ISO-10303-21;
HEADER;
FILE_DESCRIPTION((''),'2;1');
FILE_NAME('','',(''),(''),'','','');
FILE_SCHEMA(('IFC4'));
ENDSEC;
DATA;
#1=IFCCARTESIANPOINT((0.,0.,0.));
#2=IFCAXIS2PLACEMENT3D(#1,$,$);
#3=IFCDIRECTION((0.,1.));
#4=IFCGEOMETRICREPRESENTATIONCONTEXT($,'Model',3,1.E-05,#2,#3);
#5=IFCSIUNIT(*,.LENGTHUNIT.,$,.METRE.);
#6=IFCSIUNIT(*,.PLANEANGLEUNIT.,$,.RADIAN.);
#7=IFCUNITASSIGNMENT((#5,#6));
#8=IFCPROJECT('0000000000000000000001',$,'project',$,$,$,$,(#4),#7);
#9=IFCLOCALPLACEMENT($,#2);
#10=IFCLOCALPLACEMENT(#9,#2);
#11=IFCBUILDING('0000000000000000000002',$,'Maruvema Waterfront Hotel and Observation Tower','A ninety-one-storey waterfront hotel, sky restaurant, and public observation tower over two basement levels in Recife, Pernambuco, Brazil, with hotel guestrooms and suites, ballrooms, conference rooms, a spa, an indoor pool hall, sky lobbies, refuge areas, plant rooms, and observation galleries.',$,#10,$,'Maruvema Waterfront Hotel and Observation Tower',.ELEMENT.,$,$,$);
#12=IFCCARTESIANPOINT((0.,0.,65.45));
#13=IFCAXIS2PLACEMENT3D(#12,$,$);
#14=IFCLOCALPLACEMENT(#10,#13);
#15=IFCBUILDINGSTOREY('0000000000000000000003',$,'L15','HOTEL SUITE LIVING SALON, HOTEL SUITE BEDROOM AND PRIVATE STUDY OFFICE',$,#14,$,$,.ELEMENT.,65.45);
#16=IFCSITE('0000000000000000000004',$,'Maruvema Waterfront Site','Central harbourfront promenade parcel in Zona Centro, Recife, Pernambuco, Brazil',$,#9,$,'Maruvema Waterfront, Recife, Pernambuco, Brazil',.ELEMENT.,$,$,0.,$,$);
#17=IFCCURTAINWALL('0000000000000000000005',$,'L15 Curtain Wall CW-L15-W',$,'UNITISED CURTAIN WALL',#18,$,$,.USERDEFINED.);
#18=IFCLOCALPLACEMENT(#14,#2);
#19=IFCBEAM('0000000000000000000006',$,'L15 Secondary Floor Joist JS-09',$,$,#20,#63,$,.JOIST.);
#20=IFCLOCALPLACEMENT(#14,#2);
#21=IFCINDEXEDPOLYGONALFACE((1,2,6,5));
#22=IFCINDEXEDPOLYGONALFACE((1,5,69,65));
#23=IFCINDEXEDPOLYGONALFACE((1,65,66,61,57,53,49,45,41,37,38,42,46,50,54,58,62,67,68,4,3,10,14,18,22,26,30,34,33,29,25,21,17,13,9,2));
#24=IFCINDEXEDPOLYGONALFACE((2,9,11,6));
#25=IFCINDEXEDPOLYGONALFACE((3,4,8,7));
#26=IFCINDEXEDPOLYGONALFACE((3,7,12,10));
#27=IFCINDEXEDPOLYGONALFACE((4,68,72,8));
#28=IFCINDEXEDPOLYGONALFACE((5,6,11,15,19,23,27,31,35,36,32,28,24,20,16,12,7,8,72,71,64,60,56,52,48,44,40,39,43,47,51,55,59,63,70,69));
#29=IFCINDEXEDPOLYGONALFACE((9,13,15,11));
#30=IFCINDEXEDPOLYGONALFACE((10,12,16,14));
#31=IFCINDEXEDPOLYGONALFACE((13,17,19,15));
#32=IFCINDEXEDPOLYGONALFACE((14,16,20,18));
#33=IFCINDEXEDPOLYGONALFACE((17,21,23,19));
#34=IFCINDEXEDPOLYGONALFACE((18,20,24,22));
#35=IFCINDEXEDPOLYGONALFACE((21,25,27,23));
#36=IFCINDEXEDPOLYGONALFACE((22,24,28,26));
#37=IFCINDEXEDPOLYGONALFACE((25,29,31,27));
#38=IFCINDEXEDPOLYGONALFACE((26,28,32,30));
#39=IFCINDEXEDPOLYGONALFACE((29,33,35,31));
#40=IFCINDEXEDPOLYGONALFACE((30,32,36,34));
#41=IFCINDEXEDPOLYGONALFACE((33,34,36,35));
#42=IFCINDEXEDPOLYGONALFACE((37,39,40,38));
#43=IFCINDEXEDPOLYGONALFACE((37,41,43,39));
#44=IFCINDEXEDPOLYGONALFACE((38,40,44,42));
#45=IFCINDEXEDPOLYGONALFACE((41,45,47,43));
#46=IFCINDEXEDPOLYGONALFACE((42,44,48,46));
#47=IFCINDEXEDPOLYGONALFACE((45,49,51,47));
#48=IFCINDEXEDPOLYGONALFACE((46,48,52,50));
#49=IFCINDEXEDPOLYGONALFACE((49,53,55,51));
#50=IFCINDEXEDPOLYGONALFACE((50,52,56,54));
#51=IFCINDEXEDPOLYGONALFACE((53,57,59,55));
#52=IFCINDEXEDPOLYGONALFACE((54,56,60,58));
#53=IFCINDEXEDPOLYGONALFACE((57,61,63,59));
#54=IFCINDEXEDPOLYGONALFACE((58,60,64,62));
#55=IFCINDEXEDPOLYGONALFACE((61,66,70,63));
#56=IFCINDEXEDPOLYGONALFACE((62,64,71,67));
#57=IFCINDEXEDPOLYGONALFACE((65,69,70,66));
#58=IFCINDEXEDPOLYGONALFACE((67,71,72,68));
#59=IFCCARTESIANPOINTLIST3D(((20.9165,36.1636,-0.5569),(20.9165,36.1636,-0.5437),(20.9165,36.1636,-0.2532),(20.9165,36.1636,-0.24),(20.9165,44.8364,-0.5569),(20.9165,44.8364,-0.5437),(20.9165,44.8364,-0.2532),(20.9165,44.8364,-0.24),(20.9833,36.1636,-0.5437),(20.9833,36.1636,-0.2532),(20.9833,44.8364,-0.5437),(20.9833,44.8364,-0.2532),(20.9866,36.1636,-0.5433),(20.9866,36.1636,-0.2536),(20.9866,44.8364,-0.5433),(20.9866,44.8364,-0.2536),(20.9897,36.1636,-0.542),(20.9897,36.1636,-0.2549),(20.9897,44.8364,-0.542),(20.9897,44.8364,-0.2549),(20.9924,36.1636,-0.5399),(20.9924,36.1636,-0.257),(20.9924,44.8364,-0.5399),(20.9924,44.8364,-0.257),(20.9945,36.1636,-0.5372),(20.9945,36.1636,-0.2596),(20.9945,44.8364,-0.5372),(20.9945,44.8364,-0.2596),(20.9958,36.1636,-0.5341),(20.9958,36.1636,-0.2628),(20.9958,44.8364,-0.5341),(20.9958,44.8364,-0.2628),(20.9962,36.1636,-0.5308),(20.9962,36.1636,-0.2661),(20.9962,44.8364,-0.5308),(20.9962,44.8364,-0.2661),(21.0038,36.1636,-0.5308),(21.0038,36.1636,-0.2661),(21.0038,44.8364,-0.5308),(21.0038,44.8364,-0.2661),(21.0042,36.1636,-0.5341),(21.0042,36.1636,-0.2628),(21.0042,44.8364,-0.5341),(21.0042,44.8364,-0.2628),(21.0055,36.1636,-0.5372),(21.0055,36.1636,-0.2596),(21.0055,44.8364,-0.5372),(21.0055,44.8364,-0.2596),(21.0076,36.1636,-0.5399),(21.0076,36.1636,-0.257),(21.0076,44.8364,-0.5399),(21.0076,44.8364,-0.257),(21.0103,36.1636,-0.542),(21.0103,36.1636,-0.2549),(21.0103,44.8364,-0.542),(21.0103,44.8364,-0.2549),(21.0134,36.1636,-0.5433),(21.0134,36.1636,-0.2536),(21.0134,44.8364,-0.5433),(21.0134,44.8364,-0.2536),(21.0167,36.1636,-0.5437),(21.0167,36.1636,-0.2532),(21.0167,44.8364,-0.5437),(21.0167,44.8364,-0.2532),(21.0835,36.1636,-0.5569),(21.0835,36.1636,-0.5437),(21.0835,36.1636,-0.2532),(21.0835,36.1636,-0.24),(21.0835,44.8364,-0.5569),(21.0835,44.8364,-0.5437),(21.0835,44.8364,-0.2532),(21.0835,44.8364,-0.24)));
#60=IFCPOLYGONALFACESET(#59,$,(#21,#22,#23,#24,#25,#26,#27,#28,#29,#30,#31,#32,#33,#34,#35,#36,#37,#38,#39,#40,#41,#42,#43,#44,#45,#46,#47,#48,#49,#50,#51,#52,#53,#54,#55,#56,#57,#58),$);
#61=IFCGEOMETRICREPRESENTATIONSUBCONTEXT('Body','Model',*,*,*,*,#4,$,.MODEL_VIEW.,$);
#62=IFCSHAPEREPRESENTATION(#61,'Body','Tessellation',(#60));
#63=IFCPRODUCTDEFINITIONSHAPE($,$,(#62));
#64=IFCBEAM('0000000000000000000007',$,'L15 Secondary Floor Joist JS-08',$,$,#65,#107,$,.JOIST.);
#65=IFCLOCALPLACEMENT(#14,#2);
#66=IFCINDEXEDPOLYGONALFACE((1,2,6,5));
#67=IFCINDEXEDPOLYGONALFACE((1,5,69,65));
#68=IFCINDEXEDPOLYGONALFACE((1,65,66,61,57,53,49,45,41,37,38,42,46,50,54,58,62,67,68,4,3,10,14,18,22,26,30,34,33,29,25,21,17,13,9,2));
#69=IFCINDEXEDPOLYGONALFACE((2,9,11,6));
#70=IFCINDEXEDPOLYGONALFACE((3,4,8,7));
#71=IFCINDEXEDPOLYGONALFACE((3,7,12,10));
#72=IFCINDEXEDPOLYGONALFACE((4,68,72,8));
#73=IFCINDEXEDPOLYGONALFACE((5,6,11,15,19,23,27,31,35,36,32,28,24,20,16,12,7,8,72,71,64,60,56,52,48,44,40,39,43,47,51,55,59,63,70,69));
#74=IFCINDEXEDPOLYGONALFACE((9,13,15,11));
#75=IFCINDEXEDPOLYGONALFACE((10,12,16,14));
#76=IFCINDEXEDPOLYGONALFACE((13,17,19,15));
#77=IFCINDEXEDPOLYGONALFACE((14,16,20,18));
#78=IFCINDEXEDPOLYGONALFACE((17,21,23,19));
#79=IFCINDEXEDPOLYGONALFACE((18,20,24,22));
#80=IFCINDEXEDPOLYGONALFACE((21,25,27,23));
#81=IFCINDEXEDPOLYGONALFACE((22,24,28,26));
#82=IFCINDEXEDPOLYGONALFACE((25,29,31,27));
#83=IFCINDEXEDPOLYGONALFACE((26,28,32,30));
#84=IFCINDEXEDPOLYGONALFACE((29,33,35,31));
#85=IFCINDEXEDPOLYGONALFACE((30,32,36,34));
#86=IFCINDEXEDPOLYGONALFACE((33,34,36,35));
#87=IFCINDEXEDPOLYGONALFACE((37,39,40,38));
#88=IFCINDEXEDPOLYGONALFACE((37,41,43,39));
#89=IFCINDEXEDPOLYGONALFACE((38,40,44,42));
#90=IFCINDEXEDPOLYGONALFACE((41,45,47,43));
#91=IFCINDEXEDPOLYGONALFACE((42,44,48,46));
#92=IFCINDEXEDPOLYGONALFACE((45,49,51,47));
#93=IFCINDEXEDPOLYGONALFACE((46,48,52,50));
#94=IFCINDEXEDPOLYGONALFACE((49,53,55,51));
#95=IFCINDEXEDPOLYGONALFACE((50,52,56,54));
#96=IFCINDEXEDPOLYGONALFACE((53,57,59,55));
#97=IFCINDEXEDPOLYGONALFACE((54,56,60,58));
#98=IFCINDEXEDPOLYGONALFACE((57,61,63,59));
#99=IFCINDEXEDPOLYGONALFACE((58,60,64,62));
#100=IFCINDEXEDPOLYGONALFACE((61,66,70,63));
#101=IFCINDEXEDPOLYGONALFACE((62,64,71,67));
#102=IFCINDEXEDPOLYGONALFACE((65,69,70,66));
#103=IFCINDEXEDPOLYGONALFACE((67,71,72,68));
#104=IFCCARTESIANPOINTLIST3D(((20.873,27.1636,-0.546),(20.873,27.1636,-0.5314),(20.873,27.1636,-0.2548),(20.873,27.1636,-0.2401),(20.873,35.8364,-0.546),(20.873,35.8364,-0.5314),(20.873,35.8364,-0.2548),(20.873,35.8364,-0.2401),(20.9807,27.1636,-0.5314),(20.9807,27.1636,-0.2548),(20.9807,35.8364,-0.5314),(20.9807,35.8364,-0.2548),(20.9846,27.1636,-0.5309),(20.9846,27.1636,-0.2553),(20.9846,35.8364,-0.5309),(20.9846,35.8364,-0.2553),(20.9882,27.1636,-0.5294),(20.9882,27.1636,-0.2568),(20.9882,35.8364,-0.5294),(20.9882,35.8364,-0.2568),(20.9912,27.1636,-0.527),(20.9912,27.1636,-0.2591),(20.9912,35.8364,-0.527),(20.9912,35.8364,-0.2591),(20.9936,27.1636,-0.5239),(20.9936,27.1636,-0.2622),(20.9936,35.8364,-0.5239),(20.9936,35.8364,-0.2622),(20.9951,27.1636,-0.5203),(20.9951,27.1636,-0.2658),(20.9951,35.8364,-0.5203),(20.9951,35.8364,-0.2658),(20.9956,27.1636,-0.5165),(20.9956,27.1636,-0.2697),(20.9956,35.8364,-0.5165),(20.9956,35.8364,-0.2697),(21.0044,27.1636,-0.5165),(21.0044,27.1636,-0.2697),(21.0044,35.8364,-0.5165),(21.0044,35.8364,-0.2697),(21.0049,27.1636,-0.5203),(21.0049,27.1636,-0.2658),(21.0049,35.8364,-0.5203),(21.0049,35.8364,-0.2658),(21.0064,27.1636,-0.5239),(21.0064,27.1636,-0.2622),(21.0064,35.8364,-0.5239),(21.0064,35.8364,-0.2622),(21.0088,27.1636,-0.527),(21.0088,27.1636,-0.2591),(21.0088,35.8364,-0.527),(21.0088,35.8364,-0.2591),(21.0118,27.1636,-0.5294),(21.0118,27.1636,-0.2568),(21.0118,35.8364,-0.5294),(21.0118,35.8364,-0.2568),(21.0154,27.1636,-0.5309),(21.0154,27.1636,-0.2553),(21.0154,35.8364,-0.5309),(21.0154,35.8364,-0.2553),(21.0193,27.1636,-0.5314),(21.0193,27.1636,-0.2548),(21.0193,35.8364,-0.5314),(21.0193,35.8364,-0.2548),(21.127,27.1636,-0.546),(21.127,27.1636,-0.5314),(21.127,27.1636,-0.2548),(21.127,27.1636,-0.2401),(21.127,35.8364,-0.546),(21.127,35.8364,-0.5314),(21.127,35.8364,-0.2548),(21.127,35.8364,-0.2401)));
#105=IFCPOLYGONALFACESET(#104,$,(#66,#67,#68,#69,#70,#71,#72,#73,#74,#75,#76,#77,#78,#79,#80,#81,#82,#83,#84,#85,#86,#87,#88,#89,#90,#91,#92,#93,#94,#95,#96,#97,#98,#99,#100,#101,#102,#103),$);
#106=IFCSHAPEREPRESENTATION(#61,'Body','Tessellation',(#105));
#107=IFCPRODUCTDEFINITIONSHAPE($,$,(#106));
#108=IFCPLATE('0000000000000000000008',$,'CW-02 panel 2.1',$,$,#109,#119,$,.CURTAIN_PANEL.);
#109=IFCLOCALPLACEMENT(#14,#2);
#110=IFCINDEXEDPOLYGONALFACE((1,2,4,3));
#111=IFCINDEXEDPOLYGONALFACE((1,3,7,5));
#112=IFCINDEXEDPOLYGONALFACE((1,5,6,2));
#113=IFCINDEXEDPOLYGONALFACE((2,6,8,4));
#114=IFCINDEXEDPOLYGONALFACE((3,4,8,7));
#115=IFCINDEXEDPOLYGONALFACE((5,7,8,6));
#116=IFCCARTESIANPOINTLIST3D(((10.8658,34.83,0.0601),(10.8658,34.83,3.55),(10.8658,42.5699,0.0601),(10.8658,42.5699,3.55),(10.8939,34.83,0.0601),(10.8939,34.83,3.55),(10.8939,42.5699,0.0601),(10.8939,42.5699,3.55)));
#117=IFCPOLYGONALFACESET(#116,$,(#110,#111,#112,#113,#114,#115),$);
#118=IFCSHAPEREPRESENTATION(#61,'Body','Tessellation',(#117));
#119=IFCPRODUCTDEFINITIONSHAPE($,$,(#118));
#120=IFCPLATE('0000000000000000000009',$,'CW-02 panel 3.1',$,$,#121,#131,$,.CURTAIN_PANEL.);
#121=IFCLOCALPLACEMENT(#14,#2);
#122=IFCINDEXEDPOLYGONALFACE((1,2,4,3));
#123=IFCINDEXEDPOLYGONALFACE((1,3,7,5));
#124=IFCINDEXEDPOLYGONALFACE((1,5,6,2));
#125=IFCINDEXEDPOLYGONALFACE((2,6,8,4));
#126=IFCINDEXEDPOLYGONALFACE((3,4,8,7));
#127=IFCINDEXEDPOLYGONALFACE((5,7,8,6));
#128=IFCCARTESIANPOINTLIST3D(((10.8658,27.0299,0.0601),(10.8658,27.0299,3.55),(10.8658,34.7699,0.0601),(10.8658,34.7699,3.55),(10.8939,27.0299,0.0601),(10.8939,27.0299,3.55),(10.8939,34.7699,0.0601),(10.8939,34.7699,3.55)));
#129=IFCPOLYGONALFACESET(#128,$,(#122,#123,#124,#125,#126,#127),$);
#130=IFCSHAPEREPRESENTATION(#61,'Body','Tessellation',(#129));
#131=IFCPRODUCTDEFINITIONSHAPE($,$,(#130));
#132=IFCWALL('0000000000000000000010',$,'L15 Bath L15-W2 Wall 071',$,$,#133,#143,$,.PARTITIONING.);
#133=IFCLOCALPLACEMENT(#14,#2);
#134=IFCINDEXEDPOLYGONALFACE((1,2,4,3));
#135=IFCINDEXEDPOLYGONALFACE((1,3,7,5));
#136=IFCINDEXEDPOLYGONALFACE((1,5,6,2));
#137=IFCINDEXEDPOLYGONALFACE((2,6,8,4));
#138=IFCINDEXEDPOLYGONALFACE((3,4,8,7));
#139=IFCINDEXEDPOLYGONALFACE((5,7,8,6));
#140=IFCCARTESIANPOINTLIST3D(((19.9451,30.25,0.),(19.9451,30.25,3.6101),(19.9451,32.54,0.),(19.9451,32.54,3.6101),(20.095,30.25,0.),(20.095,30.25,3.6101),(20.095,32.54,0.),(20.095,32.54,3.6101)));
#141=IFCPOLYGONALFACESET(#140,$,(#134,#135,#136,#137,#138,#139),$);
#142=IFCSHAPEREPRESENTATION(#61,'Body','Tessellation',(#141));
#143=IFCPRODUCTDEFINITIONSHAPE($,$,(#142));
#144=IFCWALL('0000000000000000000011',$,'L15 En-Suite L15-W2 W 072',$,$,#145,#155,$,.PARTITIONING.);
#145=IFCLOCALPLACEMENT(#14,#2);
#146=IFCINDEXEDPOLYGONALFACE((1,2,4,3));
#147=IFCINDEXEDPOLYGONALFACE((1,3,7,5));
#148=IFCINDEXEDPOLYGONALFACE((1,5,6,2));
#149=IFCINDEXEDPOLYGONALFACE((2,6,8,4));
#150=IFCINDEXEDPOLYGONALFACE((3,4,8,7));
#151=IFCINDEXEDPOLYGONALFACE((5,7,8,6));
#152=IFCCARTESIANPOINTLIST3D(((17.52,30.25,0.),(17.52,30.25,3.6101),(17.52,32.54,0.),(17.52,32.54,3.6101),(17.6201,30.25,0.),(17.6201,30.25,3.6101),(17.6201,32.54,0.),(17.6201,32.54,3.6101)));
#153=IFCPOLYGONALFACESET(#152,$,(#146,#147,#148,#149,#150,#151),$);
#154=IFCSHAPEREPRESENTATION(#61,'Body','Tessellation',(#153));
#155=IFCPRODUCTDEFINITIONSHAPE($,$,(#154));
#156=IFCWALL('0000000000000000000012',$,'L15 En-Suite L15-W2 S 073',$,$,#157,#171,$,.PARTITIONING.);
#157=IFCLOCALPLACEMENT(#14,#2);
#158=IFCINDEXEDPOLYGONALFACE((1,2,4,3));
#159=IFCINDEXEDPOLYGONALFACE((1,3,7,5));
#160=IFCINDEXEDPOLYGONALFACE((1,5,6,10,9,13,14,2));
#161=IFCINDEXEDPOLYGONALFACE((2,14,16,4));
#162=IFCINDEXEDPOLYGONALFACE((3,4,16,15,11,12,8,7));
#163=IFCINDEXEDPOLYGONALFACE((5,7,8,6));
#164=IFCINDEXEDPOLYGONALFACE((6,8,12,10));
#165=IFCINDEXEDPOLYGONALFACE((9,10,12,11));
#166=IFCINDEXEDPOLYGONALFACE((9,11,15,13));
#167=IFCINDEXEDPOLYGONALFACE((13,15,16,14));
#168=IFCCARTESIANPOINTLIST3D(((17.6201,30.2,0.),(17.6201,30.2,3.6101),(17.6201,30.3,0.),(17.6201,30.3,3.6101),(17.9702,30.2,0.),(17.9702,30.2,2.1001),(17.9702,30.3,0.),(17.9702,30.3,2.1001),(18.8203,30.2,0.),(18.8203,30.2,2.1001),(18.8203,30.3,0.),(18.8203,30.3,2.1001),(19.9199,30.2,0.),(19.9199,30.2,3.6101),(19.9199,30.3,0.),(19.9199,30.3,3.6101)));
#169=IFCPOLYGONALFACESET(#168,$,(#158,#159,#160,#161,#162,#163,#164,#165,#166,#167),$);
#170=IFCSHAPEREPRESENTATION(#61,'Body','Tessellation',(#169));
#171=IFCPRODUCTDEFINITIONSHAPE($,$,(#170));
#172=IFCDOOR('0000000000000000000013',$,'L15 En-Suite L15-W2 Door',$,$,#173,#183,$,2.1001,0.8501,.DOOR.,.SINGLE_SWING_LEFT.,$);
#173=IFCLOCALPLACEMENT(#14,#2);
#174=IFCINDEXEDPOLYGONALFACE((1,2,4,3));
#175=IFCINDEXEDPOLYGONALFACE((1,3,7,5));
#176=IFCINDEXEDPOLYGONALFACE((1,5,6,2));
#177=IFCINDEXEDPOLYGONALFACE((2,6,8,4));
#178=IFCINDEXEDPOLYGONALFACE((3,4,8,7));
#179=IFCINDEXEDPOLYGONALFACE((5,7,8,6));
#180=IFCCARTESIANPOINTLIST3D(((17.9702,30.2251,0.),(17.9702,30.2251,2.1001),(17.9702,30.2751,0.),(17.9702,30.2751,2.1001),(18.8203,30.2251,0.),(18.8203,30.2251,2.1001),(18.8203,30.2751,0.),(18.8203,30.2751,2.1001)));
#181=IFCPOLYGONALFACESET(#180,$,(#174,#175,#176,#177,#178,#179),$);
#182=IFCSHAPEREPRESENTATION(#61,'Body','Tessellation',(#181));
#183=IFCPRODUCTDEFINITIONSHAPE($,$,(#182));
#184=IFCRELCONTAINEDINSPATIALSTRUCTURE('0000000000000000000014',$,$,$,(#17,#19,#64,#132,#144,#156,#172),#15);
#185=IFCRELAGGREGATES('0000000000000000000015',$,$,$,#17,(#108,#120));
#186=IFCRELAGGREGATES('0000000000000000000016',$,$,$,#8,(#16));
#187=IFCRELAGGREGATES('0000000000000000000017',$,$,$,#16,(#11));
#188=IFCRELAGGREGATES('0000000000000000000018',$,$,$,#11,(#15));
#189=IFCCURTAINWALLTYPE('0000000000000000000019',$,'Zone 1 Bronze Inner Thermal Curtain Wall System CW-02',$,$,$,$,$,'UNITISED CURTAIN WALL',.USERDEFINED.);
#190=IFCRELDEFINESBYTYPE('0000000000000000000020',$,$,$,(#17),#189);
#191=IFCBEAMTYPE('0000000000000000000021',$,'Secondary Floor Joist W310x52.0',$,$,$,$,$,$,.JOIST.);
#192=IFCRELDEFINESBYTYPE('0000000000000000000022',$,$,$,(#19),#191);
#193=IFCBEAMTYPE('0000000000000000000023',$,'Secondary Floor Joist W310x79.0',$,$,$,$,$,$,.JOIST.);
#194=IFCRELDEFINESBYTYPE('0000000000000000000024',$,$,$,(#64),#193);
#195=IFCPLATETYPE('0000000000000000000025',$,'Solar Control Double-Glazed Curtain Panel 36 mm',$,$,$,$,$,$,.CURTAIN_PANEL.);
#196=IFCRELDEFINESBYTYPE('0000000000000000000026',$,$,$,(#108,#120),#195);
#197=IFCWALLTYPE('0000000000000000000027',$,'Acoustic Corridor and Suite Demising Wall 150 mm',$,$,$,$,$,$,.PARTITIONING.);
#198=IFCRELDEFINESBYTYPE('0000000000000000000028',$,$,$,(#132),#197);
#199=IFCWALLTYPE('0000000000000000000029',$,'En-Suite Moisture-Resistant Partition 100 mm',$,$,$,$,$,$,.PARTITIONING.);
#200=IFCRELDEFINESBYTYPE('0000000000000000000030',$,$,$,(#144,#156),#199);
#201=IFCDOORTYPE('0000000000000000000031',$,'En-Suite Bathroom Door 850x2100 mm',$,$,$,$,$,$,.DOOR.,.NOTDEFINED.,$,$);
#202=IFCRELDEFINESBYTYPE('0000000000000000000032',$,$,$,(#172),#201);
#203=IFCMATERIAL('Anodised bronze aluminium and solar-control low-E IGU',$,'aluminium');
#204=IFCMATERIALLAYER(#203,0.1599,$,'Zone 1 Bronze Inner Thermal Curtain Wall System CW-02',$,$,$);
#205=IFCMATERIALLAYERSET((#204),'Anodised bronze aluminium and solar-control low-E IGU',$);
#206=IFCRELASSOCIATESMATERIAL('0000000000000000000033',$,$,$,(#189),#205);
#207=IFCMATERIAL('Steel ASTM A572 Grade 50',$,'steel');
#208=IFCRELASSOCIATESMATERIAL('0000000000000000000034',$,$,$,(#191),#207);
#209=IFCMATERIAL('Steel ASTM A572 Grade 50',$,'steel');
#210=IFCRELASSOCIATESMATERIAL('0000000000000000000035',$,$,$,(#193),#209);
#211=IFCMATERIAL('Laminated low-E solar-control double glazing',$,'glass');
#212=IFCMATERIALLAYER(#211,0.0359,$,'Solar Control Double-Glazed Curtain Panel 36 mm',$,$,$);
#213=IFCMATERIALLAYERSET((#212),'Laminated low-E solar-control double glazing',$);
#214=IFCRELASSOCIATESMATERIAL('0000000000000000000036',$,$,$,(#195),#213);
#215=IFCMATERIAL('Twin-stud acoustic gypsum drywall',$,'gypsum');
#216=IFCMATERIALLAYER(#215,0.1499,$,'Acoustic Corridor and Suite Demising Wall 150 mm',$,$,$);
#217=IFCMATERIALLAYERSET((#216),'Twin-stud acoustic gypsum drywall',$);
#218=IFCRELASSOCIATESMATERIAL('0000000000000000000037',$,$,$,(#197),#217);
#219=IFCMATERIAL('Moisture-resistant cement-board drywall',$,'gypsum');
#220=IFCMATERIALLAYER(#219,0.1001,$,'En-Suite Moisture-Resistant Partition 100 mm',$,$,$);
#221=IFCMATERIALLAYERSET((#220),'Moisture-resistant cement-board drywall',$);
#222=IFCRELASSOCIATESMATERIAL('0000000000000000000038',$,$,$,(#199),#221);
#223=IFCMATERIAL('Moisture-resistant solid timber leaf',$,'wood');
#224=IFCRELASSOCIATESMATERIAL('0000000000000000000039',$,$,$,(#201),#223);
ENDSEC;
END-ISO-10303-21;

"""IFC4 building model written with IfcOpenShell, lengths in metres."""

from ifc_helpers import new_model, si_unit, direction, frame, frame_2d, origin, origin_2d, place, context, subcontext, project, spatial, rectangle, i_section, extrude, material, layer, layer_set, material_profile, profile_set, type_object, element, fill, aggregate, save


model = new_model("IFC4")

# Units and contexts
model_context = context("Model", 3, precision=1e-05, world=origin(), true_north=direction((0.0, 1.0)))
body_context = subcontext(model_context, "Body", "Model", "MODEL_VIEW")
ifc_project = project(units=[si_unit("LENGTHUNIT", "METRE"), si_unit("PLANEANGLEUNIT", "RADIAN")], contexts=[model_context])

# Site, building, storey
site_placement = place(None, origin())
site = spatial("IfcSite", under=ifc_project, at=site_placement, Name="Maruvema Waterfront Site", Description="Central harbourfront promenade parcel in Zona Centro, Recife, Pernambuco, Brazil", LongName="Maruvema Waterfront, Recife, Pernambuco, Brazil", CompositionType="ELEMENT", RefElevation=0.0)
building_placement = place(site_placement, origin())
building = spatial("IfcBuilding", under=site, at=building_placement, Name="Maruvema Waterfront Hotel and Observation Tower", Description="A ninety-one-storey waterfront hotel, sky restaurant, and public observation tower over two basement levels in Recife, Pernambuco, Brazil, with hotel guestrooms and suites, ballrooms, conference rooms, a spa, an indoor pool hall, sky lobbies, refuge areas, plant rooms, and observation galleries.", LongName="Maruvema Waterfront Hotel and Observation Tower", CompositionType="ELEMENT")
storey_placement = place(building_placement, frame((0.0, 0.0, 65.45)))
storey = spatial("IfcBuildingStorey", under=building, at=storey_placement, Name="L15", Description="HOTEL SUITE LIVING SALON, HOTEL SUITE BEDROOM AND PRIVATE STUDY OFFICE", CompositionType="ELEMENT", Elevation=65.45)

# Curtain wall
ifc_material_1 = material(Name="Anodised bronze aluminium and solar-control low-E IGU", Category="aluminium")
ifc_layer_1 = layer(ifc_material_1, 0.1599, Name="Zone 1 Bronze Inner Thermal Curtain Wall System CW-02")
ifc_layer_set_1 = layer_set([ifc_layer_1], Name="Anodised bronze aluminium and solar-control low-E IGU")
curtain_wall_type = type_object("IfcCurtainWallType", Name="Zone 1 Bronze Inner Thermal Curtain Wall System CW-02", ElementType="UNITISED CURTAIN WALL", PredefinedType="USERDEFINED", material=ifc_layer_set_1)
curtain_wall_placement = place(storey_placement, origin())
curtain_wall = element("IfcCurtainWall", 1, at=curtain_wall_placement, inside=storey, type_object=curtain_wall_type, Name="L15 Curtain Wall CW-L15-W", ObjectType="UNITISED CURTAIN WALL", PredefinedType="USERDEFINED")

# Beams
ifc_material_2 = material(Name="Steel ASTM A572 Grade 50", Category="steel")
ifc_material_profile_1 = material_profile(ifc_material_2, i_section(OverallWidth=0.167, OverallDepth=0.3169, WebThickness=0.0076, FlangeThickness=0.0132, FilletRadius=0.0129, at=origin_2d()), Name="W310x52.0")
ifc_profile_set_1 = profile_set([ifc_material_profile_1], Name="Steel ASTM A572 Grade 50")
beam_type_1 = type_object("IfcBeamType", Name="Secondary Floor Joist W310x52.0", PredefinedType="JOIST", material=ifc_profile_set_1)
beam_1_placement = place(storey_placement, frame((21.0, 36.1636, -0.3984), z_axis=(0.0, 1.0, 0.0), x_axis=(-1.0, 0.0, 0.0)))
element("IfcBeam", 2, at=beam_1_placement, inside=storey, type_object=beam_type_1, Name="L15 Secondary Floor Joist JS-09", PredefinedType="JOIST", context=body_context, shape_type="SweptSolid", body=[
    extrude(i_section(OverallWidth=0.167, OverallDepth=0.3169, WebThickness=0.0076, FlangeThickness=0.0132, FilletRadius=0.0129, at=origin_2d()), origin(), (0.0, 0.0, 1.0), 8.6729),
])
ifc_material_3 = material(Name="Steel ASTM A572 Grade 50", Category="steel")
ifc_material_profile_2 = material_profile(ifc_material_3, i_section(OverallWidth=0.2539, OverallDepth=0.3059, WebThickness=0.0088, FlangeThickness=0.0146, FilletRadius=0.0149, at=origin_2d()), Name="W310x79.0")
ifc_profile_set_2 = profile_set([ifc_material_profile_2], Name="Steel ASTM A572 Grade 50")
beam_type_2 = type_object("IfcBeamType", Name="Secondary Floor Joist W310x79.0", PredefinedType="JOIST", material=ifc_profile_set_2)
beam_2_placement = place(storey_placement, frame((21.0, 27.1636, -0.3931), z_axis=(0.0, 1.0, 0.0), x_axis=(-1.0, 0.0, 0.0)))
element("IfcBeam", 3, at=beam_2_placement, inside=storey, type_object=beam_type_2, Name="L15 Secondary Floor Joist JS-08", PredefinedType="JOIST", context=body_context, shape_type="SweptSolid", body=[
    extrude(i_section(OverallWidth=0.2539, OverallDepth=0.3059, WebThickness=0.0088, FlangeThickness=0.0146, FilletRadius=0.0149, at=origin_2d()), origin(), (0.0, 0.0, 1.0), 8.6729),
])

# Plates
ifc_material_4 = material(Name="Laminated low-E solar-control double glazing", Category="glass")
ifc_layer_2 = layer(ifc_material_4, 0.0359, Name="Solar Control Double-Glazed Curtain Panel 36 mm")
ifc_layer_set_2 = layer_set([ifc_layer_2], Name="Laminated low-E solar-control double glazing")
plate_type = type_object("IfcPlateType", Name="Solar Control Double-Glazed Curtain Panel 36 mm", PredefinedType="CURTAIN_PANEL", material=ifc_layer_set_2)
plate_1_placement = place(storey_placement, frame((10.8799, 38.7, 0.0601), z_axis=(0.0, 0.0, 1.0), x_axis=(0.0, -1.0, 0.0)))
plate_1 = element("IfcPlate", 4, at=plate_1_placement, type_object=plate_type, Name="CW-02 panel 2.1", PredefinedType="CURTAIN_PANEL", context=body_context, shape_type="SweptSolid", body=[
    extrude(rectangle(XDim=7.74, YDim=0.0281, at=origin_2d()), origin(), (0.0, 0.0, 1.0), 3.49),
])
plate_2_placement = place(storey_placement, frame((10.8799, 30.8999, 0.0601), z_axis=(0.0, 0.0, 1.0), x_axis=(0.0, -1.0, 0.0)))
plate_2 = element("IfcPlate", 5, at=plate_2_placement, type_object=plate_type, Name="CW-02 panel 3.1", PredefinedType="CURTAIN_PANEL", context=body_context, shape_type="SweptSolid", body=[
    extrude(rectangle(XDim=7.74, YDim=0.0281, at=origin_2d()), origin(), (0.0, 0.0, 1.0), 3.49),
])
aggregate(curtain_wall, [plate_1, plate_2])

# Walls
ifc_material_5 = material(Name="Twin-stud acoustic gypsum drywall", Category="gypsum")
ifc_layer_3 = layer(ifc_material_5, 0.1499, Name="Acoustic Corridor and Suite Demising Wall 150 mm")
ifc_layer_set_3 = layer_set([ifc_layer_3], Name="Twin-stud acoustic gypsum drywall")
wall_type_1 = type_object("IfcWallType", Name="Acoustic Corridor and Suite Demising Wall 150 mm", PredefinedType="PARTITIONING", material=ifc_layer_set_3)
wall_1_placement = place(storey_placement, frame((20.02, 30.25, 0.0), z_axis=(0.0, 0.0, 1.0), x_axis=(0.0, 1.0, 0.0)))
element("IfcWall", 6, at=wall_1_placement, inside=storey, type_object=wall_type_1, Name="L15 Bath L15-W2 Wall 071", PredefinedType="PARTITIONING", context=body_context, shape_type="SweptSolid", body=[
    extrude(rectangle(XDim=2.29, YDim=0.1499, at=frame_2d((1.145, 0.0))), origin(), (0.0, 0.0, 1.0), 3.6101),
])
ifc_material_6 = material(Name="Moisture-resistant cement-board drywall", Category="gypsum")
ifc_layer_4 = layer(ifc_material_6, 0.1001, Name="En-Suite Moisture-Resistant Partition 100 mm")
ifc_layer_set_4 = layer_set([ifc_layer_4], Name="Moisture-resistant cement-board drywall")
wall_type_2 = type_object("IfcWallType", Name="En-Suite Moisture-Resistant Partition 100 mm", PredefinedType="PARTITIONING", material=ifc_layer_set_4)
wall_2_placement = place(storey_placement, frame((17.5701, 30.25, 0.0), z_axis=(0.0, 0.0, 1.0), x_axis=(0.0, 1.0, 0.0)))
element("IfcWall", 7, at=wall_2_placement, inside=storey, type_object=wall_type_2, Name="L15 En-Suite L15-W2 W 072", PredefinedType="PARTITIONING", context=body_context, shape_type="SweptSolid", body=[
    extrude(rectangle(XDim=2.29, YDim=0.1001, at=frame_2d((1.145, 0.0))), origin(), (0.0, 0.0, 1.0), 3.6101),
])

# Wall, opening, door
wall_3_placement = place(storey_placement, frame((17.6201, 30.25, 0.0), z_axis=(0.0, 0.0, 1.0), x_axis=(1.0, 0.0, 0.0)))
wall_3 = element("IfcWall", 8, at=wall_3_placement, inside=storey, type_object=wall_type_2, Name="L15 En-Suite L15-W2 S 073", PredefinedType="PARTITIONING", context=body_context, shape_type="SweptSolid", body=[
    extrude(rectangle(XDim=2.2998, YDim=0.1001, at=frame_2d((1.1499, 0.0))), origin(), (0.0, 0.0, 1.0), 3.6101),
])
opening_1_placement = place(wall_3_placement, frame((0.3501, 0.0, 0.0)))
opening_1 = element("IfcOpeningElement", 9, at=opening_1_placement, cuts=wall_3, PredefinedType="OPENING", context=body_context, shape_type="SweptSolid", body=[
    extrude(rectangle(XDim=0.8501, YDim=2.1001, at=frame_2d((0.425, 1.05))), frame((0.0, 0.0601, 0.0), z_axis=(0.0, -1.0, 0.0), x_axis=(1.0, 0.0, 0.0)), (0.0, 0.0, 1.0), 0.1201),
])
ifc_material_7 = material(Name="Moisture-resistant solid timber leaf", Category="wood")
door_type_1 = type_object("IfcDoorType", Name="En-Suite Bathroom Door 850x2100 mm", OperationType="NOTDEFINED", PredefinedType="DOOR", material=ifc_material_7)
door_1_placement = place(opening_1_placement, frame((0.8501, 0.0, 0.0), z_axis=(0.0, 0.0, 1.0), x_axis=(-1.0, 0.0, 0.0)))
door_1 = element("IfcDoor", 10, at=door_1_placement, inside=storey, type_object=door_type_1, Name="L15 En-Suite L15-W2 Door", OperationType="SINGLE_SWING_LEFT", OverallHeight=2.1001, OverallWidth=0.8501, PredefinedType="DOOR", context=body_context, shape_type="SweptSolid", body=[
    extrude(rectangle(XDim=0.8501, YDim=2.1001, at=frame_2d((0.425, 1.05))), frame((0.0, 0.0249, 0.0), z_axis=(0.0, -1.0, 0.0), x_axis=(1.0, 0.0, 0.0)), (0.0, 0.0, 1.0), 0.05),
])
fill(opening_1, door_1)

save(model, "model.ifc")
